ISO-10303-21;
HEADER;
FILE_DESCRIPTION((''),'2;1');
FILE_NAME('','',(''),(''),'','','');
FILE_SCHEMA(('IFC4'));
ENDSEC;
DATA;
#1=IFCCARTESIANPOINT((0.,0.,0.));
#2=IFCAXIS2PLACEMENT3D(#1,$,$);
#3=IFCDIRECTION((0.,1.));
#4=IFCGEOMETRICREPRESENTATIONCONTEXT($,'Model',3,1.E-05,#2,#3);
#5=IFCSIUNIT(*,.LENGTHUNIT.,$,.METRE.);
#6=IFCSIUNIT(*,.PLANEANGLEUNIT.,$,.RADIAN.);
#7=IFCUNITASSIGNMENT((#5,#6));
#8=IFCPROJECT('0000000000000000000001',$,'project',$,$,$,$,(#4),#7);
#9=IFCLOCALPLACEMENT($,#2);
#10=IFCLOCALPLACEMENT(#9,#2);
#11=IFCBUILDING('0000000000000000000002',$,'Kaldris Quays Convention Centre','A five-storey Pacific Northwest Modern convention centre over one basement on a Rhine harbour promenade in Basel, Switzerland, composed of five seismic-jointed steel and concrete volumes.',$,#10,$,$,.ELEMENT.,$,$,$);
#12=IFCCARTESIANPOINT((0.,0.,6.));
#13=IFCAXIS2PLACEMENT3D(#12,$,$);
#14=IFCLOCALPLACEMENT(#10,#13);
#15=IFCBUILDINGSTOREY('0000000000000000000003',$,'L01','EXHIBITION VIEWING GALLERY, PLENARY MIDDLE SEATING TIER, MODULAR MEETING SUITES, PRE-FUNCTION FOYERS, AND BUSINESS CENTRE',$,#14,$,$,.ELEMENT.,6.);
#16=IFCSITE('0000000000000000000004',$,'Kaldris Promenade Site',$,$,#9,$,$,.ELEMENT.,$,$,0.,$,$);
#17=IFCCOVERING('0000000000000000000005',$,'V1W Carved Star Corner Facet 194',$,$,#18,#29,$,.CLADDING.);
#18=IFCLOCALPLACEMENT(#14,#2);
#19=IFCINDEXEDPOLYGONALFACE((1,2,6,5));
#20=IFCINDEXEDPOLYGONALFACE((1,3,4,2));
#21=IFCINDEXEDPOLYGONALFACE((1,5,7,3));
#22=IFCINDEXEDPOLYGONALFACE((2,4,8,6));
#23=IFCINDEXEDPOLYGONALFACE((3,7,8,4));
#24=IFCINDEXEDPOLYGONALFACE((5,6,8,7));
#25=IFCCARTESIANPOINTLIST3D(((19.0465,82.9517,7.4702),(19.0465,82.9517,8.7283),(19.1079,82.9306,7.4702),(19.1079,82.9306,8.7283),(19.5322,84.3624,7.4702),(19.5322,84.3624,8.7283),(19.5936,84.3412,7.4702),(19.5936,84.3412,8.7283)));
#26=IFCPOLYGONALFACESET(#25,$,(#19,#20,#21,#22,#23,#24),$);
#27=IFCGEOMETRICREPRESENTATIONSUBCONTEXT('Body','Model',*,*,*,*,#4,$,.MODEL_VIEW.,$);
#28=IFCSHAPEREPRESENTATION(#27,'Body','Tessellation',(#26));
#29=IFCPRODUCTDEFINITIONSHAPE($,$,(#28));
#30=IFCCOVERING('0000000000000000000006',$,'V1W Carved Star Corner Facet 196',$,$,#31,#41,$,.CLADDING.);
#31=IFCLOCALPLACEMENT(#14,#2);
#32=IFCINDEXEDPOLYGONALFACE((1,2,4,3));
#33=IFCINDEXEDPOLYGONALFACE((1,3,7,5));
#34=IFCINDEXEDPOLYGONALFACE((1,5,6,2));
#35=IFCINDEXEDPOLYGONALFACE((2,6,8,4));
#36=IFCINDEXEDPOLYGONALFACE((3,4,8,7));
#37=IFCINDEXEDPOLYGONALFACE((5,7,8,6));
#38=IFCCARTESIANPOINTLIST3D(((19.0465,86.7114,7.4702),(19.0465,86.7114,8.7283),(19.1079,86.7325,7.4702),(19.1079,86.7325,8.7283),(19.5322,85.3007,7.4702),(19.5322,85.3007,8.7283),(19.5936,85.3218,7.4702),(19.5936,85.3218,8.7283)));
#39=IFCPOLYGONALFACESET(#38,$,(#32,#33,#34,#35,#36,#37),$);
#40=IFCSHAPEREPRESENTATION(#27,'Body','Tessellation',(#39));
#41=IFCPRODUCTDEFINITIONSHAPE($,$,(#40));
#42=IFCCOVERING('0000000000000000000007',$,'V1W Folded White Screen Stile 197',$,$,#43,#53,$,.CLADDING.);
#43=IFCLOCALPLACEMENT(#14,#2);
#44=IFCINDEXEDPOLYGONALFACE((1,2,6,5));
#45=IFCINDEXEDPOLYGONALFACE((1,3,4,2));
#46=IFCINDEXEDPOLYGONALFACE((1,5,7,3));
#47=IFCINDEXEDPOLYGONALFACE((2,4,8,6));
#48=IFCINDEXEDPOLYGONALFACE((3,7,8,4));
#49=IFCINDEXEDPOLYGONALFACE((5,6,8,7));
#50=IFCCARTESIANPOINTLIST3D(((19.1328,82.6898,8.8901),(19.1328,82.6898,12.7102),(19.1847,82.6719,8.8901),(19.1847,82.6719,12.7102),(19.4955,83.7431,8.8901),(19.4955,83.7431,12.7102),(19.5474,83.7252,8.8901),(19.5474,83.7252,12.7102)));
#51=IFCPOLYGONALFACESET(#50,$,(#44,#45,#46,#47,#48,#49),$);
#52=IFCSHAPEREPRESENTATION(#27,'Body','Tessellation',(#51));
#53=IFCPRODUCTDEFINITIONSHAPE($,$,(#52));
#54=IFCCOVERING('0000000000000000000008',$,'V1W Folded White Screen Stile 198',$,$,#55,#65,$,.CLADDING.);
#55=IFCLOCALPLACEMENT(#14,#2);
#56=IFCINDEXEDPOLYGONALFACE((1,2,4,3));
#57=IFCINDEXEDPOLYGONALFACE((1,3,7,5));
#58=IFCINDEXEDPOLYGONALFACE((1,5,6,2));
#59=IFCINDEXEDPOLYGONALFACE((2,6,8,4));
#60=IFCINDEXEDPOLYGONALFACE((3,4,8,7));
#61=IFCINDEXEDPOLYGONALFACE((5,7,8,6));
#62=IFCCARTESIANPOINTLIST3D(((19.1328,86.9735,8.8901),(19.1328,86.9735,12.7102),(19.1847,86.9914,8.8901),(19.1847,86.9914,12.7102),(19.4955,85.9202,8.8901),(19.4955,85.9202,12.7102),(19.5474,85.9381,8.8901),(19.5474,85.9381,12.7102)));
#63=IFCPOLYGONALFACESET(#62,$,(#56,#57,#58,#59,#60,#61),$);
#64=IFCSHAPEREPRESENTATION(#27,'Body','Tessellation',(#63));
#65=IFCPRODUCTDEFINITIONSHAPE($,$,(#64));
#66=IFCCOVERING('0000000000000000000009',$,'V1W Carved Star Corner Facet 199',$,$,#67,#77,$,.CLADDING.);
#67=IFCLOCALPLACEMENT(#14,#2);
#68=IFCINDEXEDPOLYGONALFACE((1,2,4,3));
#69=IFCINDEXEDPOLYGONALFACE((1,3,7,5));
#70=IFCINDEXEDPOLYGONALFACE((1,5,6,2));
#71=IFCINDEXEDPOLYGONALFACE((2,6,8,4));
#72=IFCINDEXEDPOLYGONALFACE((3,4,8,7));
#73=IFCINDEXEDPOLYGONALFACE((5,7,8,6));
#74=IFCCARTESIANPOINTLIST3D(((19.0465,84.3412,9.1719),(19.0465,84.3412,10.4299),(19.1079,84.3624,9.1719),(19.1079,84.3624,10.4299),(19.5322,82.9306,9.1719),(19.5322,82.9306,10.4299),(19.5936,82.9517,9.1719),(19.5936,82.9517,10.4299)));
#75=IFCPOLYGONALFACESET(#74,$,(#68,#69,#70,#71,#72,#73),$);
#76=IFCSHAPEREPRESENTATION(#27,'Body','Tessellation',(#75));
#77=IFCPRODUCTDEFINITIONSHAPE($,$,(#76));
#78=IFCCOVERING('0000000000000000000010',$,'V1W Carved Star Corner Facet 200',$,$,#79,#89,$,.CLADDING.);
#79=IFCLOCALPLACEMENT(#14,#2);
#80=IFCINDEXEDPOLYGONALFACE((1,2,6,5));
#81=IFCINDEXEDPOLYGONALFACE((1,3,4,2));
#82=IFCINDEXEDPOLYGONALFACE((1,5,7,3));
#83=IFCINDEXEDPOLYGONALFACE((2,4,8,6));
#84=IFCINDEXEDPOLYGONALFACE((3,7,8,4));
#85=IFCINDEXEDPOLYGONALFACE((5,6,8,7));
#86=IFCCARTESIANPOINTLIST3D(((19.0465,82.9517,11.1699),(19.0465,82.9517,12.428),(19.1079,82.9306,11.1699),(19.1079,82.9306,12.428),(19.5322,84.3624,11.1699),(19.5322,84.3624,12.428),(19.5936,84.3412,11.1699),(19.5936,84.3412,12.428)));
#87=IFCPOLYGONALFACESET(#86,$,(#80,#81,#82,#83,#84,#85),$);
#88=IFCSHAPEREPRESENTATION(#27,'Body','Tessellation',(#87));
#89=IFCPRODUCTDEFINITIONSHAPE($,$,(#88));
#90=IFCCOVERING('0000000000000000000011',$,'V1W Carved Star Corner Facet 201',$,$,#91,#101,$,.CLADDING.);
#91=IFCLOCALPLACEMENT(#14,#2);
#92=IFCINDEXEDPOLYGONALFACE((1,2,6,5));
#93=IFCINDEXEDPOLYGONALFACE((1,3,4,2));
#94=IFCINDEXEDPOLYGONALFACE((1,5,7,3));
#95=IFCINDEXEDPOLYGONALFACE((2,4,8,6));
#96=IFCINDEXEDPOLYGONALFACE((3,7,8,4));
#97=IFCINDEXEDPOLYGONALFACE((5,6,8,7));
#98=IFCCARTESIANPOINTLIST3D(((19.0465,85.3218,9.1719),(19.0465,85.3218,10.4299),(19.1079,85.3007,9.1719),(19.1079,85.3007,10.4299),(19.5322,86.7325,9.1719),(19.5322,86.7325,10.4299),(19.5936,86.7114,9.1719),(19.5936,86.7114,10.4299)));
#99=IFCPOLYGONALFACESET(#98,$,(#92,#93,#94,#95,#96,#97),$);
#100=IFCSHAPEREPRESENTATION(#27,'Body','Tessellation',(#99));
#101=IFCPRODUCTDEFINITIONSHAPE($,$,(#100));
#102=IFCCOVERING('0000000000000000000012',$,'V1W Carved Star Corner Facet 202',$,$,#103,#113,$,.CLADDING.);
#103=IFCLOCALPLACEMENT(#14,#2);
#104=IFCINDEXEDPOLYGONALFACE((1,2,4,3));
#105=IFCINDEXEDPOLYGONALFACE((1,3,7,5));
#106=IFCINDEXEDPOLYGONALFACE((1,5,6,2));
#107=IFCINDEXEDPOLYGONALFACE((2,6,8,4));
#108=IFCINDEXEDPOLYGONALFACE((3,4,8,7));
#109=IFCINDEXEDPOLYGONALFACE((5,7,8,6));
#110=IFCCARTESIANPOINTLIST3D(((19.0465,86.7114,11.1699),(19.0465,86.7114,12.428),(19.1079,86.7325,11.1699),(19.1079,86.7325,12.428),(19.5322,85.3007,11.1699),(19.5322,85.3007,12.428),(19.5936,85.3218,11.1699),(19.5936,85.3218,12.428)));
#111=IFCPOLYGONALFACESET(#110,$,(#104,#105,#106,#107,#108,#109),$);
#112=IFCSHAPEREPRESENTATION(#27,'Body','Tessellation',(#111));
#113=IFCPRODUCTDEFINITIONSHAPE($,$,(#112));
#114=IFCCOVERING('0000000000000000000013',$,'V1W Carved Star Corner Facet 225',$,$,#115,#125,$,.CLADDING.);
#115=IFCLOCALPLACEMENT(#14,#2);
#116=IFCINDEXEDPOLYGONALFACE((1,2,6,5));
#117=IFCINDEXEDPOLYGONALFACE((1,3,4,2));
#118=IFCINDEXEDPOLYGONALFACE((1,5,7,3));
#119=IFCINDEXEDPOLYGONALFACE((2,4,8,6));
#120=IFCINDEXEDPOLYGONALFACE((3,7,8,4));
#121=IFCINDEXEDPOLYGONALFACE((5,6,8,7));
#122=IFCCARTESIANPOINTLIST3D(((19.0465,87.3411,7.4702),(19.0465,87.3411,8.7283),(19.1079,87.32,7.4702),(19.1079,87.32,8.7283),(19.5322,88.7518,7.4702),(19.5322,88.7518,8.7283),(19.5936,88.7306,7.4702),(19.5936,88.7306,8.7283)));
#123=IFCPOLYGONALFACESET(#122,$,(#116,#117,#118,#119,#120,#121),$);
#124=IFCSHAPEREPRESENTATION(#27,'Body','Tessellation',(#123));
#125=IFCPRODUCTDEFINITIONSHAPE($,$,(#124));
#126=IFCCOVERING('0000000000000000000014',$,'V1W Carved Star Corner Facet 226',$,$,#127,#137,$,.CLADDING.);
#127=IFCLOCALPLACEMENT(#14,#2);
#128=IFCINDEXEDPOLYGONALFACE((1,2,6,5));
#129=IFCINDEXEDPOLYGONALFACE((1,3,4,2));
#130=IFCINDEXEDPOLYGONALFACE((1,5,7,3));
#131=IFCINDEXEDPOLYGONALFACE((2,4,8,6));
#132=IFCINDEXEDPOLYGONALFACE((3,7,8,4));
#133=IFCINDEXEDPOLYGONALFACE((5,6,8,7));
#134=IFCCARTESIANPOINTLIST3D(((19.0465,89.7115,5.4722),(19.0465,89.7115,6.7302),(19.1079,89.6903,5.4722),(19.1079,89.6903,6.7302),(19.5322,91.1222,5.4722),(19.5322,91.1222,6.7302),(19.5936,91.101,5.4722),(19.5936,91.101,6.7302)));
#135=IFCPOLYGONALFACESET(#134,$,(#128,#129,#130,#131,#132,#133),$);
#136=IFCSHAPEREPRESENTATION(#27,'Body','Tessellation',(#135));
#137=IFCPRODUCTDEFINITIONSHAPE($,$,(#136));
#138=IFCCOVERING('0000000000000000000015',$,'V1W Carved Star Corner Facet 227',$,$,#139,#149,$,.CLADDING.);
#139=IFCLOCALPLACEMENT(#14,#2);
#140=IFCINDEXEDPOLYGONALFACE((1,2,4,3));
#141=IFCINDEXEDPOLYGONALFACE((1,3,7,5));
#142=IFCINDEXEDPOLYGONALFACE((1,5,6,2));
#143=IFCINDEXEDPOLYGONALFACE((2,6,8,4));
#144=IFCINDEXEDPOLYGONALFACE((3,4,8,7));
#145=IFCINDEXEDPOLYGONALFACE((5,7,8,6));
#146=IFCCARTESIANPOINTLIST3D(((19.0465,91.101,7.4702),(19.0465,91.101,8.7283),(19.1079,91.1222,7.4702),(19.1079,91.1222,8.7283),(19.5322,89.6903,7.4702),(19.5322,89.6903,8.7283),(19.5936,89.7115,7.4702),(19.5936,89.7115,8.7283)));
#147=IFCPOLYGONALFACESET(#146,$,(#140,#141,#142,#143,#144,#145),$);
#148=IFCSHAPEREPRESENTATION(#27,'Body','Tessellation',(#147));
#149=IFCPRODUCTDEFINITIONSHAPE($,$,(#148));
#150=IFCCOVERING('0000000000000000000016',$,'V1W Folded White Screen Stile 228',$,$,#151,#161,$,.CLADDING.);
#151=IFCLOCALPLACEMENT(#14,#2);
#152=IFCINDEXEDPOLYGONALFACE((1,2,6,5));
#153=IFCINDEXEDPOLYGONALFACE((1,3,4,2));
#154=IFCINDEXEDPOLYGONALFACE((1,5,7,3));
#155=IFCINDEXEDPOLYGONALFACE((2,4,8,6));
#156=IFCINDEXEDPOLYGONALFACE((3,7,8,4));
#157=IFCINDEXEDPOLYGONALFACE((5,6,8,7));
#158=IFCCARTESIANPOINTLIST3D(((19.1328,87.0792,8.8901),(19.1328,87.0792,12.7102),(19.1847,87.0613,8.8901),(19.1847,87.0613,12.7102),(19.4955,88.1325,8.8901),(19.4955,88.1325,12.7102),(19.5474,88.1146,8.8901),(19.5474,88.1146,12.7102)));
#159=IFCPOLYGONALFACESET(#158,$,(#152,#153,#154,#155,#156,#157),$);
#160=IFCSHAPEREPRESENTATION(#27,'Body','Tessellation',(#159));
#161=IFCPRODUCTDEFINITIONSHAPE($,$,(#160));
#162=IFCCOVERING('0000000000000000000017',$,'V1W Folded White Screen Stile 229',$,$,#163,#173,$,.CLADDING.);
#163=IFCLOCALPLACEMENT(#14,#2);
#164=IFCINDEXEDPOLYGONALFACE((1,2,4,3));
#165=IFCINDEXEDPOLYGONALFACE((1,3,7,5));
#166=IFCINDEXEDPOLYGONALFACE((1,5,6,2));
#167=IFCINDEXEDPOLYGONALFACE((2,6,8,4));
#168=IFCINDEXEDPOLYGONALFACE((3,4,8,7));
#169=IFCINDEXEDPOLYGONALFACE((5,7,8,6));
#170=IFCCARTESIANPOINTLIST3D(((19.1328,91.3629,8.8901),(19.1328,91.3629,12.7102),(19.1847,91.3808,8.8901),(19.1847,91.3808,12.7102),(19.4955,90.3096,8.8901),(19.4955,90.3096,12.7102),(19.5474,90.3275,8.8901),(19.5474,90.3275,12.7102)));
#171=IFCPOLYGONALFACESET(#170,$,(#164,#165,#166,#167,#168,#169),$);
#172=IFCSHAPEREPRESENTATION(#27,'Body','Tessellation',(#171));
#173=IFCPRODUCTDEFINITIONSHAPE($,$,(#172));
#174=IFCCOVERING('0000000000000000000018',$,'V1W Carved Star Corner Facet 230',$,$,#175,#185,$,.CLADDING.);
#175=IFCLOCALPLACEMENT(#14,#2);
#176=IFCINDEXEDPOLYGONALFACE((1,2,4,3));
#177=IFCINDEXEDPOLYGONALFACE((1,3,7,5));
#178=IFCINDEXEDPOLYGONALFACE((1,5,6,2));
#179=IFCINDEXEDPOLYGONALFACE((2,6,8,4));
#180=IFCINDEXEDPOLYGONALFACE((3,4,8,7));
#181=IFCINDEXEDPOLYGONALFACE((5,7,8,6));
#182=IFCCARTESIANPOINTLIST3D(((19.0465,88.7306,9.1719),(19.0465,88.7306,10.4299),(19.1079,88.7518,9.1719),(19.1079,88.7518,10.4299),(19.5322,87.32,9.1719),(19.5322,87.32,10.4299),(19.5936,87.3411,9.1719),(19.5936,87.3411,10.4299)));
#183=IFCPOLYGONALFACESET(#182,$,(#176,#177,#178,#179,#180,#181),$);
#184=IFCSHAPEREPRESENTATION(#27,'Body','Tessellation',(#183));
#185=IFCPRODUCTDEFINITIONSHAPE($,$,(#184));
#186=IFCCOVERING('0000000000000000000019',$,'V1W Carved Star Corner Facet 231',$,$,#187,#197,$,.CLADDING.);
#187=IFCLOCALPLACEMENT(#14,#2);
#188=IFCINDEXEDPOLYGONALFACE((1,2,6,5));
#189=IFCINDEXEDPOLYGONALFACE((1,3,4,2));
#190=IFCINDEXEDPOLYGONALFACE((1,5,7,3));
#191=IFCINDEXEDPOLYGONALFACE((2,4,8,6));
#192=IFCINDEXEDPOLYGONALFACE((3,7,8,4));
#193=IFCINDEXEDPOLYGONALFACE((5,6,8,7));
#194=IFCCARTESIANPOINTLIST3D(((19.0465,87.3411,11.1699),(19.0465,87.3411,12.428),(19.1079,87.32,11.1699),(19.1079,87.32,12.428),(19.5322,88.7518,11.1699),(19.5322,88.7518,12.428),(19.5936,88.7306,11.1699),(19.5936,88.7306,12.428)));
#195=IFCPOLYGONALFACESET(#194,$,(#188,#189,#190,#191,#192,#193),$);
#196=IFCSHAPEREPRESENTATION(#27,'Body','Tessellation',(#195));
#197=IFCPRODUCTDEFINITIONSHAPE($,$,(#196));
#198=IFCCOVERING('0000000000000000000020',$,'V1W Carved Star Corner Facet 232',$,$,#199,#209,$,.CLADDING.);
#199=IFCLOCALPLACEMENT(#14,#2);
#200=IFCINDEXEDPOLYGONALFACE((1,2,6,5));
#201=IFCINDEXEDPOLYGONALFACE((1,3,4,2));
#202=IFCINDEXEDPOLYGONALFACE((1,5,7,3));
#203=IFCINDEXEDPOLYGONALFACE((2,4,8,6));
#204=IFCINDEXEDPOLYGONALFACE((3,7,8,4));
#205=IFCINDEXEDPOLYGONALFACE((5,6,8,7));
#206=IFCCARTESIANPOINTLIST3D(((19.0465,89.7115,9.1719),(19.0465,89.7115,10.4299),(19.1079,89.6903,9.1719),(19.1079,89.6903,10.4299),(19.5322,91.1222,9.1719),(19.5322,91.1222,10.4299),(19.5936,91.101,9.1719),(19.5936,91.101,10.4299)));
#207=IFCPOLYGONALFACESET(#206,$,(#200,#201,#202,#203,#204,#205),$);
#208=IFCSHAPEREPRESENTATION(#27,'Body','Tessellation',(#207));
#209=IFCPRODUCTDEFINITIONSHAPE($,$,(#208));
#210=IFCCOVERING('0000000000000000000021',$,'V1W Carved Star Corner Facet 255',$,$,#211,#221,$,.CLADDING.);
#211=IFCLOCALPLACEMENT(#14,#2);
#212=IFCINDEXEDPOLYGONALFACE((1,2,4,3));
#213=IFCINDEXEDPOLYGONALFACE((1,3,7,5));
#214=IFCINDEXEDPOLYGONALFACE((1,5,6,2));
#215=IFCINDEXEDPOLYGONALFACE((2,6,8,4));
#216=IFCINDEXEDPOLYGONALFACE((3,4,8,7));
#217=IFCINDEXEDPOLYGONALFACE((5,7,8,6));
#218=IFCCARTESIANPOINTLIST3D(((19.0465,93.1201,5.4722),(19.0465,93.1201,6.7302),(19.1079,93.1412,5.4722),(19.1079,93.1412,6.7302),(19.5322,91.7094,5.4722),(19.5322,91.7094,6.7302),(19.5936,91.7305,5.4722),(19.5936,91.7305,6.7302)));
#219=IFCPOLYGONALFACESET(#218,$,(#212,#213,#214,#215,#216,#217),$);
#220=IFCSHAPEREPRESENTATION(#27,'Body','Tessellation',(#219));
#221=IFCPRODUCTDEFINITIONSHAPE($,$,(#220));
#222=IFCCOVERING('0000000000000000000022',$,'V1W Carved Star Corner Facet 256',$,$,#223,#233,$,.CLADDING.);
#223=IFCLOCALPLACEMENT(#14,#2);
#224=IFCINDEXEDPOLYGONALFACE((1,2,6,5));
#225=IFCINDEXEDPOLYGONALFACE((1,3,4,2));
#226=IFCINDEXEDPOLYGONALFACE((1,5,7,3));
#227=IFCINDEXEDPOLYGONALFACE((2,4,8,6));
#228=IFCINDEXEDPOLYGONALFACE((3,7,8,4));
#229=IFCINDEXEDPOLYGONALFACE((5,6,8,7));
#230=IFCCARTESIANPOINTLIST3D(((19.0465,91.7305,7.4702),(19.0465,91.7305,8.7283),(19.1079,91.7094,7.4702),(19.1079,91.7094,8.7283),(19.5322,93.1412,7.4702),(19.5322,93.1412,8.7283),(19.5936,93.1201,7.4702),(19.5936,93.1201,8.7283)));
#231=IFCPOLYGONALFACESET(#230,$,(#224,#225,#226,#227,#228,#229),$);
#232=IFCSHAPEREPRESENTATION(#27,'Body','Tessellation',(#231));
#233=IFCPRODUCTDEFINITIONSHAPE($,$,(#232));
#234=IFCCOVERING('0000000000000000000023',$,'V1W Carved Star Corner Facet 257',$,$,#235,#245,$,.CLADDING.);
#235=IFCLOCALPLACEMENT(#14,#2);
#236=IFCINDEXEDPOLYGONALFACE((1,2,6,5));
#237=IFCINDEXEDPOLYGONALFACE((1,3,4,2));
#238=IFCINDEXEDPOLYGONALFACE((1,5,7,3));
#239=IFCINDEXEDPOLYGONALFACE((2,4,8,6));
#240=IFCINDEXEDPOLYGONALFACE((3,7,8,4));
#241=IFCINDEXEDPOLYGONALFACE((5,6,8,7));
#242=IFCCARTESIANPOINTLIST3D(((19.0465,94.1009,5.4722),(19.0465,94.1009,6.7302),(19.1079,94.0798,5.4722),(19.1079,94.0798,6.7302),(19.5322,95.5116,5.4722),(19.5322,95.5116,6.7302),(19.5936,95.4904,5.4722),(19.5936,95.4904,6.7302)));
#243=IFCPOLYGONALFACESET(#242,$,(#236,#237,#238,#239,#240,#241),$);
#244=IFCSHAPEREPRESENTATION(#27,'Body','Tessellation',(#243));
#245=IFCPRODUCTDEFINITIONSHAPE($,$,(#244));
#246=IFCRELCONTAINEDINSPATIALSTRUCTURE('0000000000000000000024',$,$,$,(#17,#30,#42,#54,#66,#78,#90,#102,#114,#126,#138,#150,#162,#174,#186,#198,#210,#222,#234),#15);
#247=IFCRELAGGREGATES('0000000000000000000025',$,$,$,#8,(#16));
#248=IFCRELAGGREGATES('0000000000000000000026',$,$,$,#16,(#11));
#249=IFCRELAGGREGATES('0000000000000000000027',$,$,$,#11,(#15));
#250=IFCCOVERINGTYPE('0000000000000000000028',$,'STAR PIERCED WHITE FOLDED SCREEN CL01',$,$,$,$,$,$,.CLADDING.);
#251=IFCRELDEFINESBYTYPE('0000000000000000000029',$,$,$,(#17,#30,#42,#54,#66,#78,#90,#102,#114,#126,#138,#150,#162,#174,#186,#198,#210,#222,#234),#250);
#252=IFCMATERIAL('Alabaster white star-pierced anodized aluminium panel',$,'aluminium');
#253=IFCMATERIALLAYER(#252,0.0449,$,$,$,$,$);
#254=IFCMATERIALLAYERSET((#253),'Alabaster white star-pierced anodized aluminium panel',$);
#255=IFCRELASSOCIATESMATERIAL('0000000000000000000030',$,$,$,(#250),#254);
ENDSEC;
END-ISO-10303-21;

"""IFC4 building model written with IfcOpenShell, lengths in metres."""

from ifc_helpers import new_model, si_unit, direction, frame, origin, origin_2d, place, context, subcontext, project, spatial, rectangle, extrude, material, layer, layer_set, type_object, element, save


model = new_model("IFC4")

# Units and contexts
model_context = context("Model", 3, precision=1e-05, world=origin(), true_north=direction((0.0, 1.0)))
body_context = subcontext(model_context, "Body", "Model", "MODEL_VIEW")
ifc_project = project(units=[si_unit("LENGTHUNIT", "METRE"), si_unit("PLANEANGLEUNIT", "RADIAN")], contexts=[model_context])

# Site, building, storey
site_placement = place(None, origin())
site = spatial("IfcSite", under=ifc_project, at=site_placement, Name="Kaldris Promenade Site", CompositionType="ELEMENT", RefElevation=0.0)
building_placement = place(site_placement, origin())
building = spatial("IfcBuilding", under=site, at=building_placement, Name="Kaldris Quays Convention Centre", Description="A five-storey Pacific Northwest Modern convention centre over one basement on a Rhine harbour promenade in Basel, Switzerland, composed of five seismic-jointed steel and concrete volumes.", CompositionType="ELEMENT")
storey_placement = place(building_placement, frame((0.0, 0.0, 6.0)))
storey = spatial("IfcBuildingStorey", under=building, at=storey_placement, Name="L01", Description="EXHIBITION VIEWING GALLERY, PLENARY MIDDLE SEATING TIER, MODULAR MEETING SUITES, PRE-FUNCTION FOYERS, AND BUSINESS CENTRE", CompositionType="ELEMENT", Elevation=6.0)

# Coverings
ifc_material_1 = material(Name="Alabaster white star-pierced anodized aluminium panel", Category="aluminium")
ifc_layer = layer(ifc_material_1, 0.0449)
ifc_layer_set = layer_set([ifc_layer], Name="Alabaster white star-pierced anodized aluminium panel")
covering_type = type_object("IfcCoveringType", Name="STAR PIERCED WHITE FOLDED SCREEN CL01", PredefinedType="CLADDING", material=ifc_layer_set)
for number, where, z_axis, x_axis, name in (
    (1, (19.3201, 83.6465, 7.4702), (0.0, 0.0, 1.0), (0.325568, 0.945519, 0.0), "V1W Carved Star Corner Facet 194"),
    (2, (19.3201, 86.0166, 7.4702), (0.0, 0.0, 1.0), (-0.325568, 0.945519, 0.0), "V1W Carved Star Corner Facet 196"),
):
    element("IfcCovering", number, at=place(storey_placement, frame(where, z_axis=z_axis, x_axis=x_axis)), inside=storey, type_object=covering_type, Name=name, PredefinedType="CLADDING", context=body_context, shape_type="SweptSolid", body=[
        extrude(rectangle(XDim=1.4919, YDim=0.0649, at=origin_2d()), origin(), (0.0, 0.0, 1.0), 1.2581),
    ])
for number, where, z_axis, x_axis, name in (
    (3, (19.3401, 83.2075, 8.8901), (0.0, 0.0, 1.0), (0.325568, 0.945519, 0.0), "V1W Folded White Screen Stile 197"),
    (4, (19.3401, 86.4558, 8.8901), (0.0, 0.0, 1.0), (-0.325568, 0.945519, 0.0), "V1W Folded White Screen Stile 198"),
):
    element("IfcCovering", number, at=place(storey_placement, frame(where, z_axis=z_axis, x_axis=x_axis)), inside=storey, type_object=covering_type, Name=name, PredefinedType="CLADDING", context=body_context, shape_type="SweptSolid", body=[
        extrude(rectangle(XDim=1.114, YDim=0.0549, at=origin_2d()), origin(), (0.0, 0.0, 1.0), 3.8201),
    ])
for number, where, z_axis, x_axis, name in (
    (5, (19.3201, 83.6465, 9.1719), (0.0, 0.0, 1.0), (-0.325568, 0.945519, 0.0), "V1W Carved Star Corner Facet 199"),
    (6, (19.3201, 83.6465, 11.1699), (0.0, 0.0, 1.0), (0.325568, 0.945519, 0.0), "V1W Carved Star Corner Facet 200"),
    (7, (19.3201, 86.0166, 9.1719), (0.0, 0.0, 1.0), (0.325568, 0.945519, 0.0), "V1W Carved Star Corner Facet 201"),
    (8, (19.3201, 86.0166, 11.1699), (0.0, 0.0, 1.0), (-0.325568, 0.945519, 0.0), "V1W Carved Star Corner Facet 202"),
    (9, (19.3201, 88.0359, 7.4702), (0.0, 0.0, 1.0), (0.325568, 0.945519, 0.0), "V1W Carved Star Corner Facet 225"),
    (10, (19.3201, 90.4062, 5.4722), (0.0, 0.0, 1.0), (0.325568, 0.945519, 0.0), "V1W Carved Star Corner Facet 226"),
    (11, (19.3201, 90.4062, 7.4702), (0.0, 0.0, 1.0), (-0.325568, 0.945519, 0.0), "V1W Carved Star Corner Facet 227"),
):
    element("IfcCovering", number, at=place(storey_placement, frame(where, z_axis=z_axis, x_axis=x_axis)), inside=storey, type_object=covering_type, Name=name, PredefinedType="CLADDING", context=body_context, shape_type="SweptSolid", body=[
        extrude(rectangle(XDim=1.4919, YDim=0.0649, at=origin_2d()), origin(), (0.0, 0.0, 1.0), 1.2581),
    ])
for number, where, z_axis, x_axis, name in (
    (12, (19.3401, 87.5969, 8.8901), (0.0, 0.0, 1.0), (0.325568, 0.945519, 0.0), "V1W Folded White Screen Stile 228"),
    (13, (19.3401, 90.8452, 8.8901), (0.0, 0.0, 1.0), (-0.325568, 0.945519, 0.0), "V1W Folded White Screen Stile 229"),
):
    element("IfcCovering", number, at=place(storey_placement, frame(where, z_axis=z_axis, x_axis=x_axis)), inside=storey, type_object=covering_type, Name=name, PredefinedType="CLADDING", context=body_context, shape_type="SweptSolid", body=[
        extrude(rectangle(XDim=1.114, YDim=0.0549, at=origin_2d()), origin(), (0.0, 0.0, 1.0), 3.8201),
    ])
for number, where, z_axis, x_axis, name in (
    (14, (19.3201, 88.0359, 9.1719), (0.0, 0.0, 1.0), (-0.325568, 0.945519, 0.0), "V1W Carved Star Corner Facet 230"),
    (15, (19.3201, 88.0359, 11.1699), (0.0, 0.0, 1.0), (0.325568, 0.945519, 0.0), "V1W Carved Star Corner Facet 231"),
    (16, (19.3201, 90.4062, 9.1719), (0.0, 0.0, 1.0), (0.325568, 0.945519, 0.0), "V1W Carved Star Corner Facet 232"),
    (17, (19.3201, 92.4253, 5.4722), (0.0, 0.0, 1.0), (-0.325568, 0.945519, 0.0), "V1W Carved Star Corner Facet 255"),
    (18, (19.3201, 92.4253, 7.4702), (0.0, 0.0, 1.0), (0.325568, 0.945519, 0.0), "V1W Carved Star Corner Facet 256"),
    (19, (19.3201, 94.7957, 5.4722), (0.0, 0.0, 1.0), (0.325568, 0.945519, 0.0), "V1W Carved Star Corner Facet 257"),
):
    element("IfcCovering", number, at=place(storey_placement, frame(where, z_axis=z_axis, x_axis=x_axis)), inside=storey, type_object=covering_type, Name=name, PredefinedType="CLADDING", context=body_context, shape_type="SweptSolid", body=[
        extrude(rectangle(XDim=1.4919, YDim=0.0649, at=origin_2d()), origin(), (0.0, 0.0, 1.0), 1.2581),
    ])

save(model, "model.ifc")
